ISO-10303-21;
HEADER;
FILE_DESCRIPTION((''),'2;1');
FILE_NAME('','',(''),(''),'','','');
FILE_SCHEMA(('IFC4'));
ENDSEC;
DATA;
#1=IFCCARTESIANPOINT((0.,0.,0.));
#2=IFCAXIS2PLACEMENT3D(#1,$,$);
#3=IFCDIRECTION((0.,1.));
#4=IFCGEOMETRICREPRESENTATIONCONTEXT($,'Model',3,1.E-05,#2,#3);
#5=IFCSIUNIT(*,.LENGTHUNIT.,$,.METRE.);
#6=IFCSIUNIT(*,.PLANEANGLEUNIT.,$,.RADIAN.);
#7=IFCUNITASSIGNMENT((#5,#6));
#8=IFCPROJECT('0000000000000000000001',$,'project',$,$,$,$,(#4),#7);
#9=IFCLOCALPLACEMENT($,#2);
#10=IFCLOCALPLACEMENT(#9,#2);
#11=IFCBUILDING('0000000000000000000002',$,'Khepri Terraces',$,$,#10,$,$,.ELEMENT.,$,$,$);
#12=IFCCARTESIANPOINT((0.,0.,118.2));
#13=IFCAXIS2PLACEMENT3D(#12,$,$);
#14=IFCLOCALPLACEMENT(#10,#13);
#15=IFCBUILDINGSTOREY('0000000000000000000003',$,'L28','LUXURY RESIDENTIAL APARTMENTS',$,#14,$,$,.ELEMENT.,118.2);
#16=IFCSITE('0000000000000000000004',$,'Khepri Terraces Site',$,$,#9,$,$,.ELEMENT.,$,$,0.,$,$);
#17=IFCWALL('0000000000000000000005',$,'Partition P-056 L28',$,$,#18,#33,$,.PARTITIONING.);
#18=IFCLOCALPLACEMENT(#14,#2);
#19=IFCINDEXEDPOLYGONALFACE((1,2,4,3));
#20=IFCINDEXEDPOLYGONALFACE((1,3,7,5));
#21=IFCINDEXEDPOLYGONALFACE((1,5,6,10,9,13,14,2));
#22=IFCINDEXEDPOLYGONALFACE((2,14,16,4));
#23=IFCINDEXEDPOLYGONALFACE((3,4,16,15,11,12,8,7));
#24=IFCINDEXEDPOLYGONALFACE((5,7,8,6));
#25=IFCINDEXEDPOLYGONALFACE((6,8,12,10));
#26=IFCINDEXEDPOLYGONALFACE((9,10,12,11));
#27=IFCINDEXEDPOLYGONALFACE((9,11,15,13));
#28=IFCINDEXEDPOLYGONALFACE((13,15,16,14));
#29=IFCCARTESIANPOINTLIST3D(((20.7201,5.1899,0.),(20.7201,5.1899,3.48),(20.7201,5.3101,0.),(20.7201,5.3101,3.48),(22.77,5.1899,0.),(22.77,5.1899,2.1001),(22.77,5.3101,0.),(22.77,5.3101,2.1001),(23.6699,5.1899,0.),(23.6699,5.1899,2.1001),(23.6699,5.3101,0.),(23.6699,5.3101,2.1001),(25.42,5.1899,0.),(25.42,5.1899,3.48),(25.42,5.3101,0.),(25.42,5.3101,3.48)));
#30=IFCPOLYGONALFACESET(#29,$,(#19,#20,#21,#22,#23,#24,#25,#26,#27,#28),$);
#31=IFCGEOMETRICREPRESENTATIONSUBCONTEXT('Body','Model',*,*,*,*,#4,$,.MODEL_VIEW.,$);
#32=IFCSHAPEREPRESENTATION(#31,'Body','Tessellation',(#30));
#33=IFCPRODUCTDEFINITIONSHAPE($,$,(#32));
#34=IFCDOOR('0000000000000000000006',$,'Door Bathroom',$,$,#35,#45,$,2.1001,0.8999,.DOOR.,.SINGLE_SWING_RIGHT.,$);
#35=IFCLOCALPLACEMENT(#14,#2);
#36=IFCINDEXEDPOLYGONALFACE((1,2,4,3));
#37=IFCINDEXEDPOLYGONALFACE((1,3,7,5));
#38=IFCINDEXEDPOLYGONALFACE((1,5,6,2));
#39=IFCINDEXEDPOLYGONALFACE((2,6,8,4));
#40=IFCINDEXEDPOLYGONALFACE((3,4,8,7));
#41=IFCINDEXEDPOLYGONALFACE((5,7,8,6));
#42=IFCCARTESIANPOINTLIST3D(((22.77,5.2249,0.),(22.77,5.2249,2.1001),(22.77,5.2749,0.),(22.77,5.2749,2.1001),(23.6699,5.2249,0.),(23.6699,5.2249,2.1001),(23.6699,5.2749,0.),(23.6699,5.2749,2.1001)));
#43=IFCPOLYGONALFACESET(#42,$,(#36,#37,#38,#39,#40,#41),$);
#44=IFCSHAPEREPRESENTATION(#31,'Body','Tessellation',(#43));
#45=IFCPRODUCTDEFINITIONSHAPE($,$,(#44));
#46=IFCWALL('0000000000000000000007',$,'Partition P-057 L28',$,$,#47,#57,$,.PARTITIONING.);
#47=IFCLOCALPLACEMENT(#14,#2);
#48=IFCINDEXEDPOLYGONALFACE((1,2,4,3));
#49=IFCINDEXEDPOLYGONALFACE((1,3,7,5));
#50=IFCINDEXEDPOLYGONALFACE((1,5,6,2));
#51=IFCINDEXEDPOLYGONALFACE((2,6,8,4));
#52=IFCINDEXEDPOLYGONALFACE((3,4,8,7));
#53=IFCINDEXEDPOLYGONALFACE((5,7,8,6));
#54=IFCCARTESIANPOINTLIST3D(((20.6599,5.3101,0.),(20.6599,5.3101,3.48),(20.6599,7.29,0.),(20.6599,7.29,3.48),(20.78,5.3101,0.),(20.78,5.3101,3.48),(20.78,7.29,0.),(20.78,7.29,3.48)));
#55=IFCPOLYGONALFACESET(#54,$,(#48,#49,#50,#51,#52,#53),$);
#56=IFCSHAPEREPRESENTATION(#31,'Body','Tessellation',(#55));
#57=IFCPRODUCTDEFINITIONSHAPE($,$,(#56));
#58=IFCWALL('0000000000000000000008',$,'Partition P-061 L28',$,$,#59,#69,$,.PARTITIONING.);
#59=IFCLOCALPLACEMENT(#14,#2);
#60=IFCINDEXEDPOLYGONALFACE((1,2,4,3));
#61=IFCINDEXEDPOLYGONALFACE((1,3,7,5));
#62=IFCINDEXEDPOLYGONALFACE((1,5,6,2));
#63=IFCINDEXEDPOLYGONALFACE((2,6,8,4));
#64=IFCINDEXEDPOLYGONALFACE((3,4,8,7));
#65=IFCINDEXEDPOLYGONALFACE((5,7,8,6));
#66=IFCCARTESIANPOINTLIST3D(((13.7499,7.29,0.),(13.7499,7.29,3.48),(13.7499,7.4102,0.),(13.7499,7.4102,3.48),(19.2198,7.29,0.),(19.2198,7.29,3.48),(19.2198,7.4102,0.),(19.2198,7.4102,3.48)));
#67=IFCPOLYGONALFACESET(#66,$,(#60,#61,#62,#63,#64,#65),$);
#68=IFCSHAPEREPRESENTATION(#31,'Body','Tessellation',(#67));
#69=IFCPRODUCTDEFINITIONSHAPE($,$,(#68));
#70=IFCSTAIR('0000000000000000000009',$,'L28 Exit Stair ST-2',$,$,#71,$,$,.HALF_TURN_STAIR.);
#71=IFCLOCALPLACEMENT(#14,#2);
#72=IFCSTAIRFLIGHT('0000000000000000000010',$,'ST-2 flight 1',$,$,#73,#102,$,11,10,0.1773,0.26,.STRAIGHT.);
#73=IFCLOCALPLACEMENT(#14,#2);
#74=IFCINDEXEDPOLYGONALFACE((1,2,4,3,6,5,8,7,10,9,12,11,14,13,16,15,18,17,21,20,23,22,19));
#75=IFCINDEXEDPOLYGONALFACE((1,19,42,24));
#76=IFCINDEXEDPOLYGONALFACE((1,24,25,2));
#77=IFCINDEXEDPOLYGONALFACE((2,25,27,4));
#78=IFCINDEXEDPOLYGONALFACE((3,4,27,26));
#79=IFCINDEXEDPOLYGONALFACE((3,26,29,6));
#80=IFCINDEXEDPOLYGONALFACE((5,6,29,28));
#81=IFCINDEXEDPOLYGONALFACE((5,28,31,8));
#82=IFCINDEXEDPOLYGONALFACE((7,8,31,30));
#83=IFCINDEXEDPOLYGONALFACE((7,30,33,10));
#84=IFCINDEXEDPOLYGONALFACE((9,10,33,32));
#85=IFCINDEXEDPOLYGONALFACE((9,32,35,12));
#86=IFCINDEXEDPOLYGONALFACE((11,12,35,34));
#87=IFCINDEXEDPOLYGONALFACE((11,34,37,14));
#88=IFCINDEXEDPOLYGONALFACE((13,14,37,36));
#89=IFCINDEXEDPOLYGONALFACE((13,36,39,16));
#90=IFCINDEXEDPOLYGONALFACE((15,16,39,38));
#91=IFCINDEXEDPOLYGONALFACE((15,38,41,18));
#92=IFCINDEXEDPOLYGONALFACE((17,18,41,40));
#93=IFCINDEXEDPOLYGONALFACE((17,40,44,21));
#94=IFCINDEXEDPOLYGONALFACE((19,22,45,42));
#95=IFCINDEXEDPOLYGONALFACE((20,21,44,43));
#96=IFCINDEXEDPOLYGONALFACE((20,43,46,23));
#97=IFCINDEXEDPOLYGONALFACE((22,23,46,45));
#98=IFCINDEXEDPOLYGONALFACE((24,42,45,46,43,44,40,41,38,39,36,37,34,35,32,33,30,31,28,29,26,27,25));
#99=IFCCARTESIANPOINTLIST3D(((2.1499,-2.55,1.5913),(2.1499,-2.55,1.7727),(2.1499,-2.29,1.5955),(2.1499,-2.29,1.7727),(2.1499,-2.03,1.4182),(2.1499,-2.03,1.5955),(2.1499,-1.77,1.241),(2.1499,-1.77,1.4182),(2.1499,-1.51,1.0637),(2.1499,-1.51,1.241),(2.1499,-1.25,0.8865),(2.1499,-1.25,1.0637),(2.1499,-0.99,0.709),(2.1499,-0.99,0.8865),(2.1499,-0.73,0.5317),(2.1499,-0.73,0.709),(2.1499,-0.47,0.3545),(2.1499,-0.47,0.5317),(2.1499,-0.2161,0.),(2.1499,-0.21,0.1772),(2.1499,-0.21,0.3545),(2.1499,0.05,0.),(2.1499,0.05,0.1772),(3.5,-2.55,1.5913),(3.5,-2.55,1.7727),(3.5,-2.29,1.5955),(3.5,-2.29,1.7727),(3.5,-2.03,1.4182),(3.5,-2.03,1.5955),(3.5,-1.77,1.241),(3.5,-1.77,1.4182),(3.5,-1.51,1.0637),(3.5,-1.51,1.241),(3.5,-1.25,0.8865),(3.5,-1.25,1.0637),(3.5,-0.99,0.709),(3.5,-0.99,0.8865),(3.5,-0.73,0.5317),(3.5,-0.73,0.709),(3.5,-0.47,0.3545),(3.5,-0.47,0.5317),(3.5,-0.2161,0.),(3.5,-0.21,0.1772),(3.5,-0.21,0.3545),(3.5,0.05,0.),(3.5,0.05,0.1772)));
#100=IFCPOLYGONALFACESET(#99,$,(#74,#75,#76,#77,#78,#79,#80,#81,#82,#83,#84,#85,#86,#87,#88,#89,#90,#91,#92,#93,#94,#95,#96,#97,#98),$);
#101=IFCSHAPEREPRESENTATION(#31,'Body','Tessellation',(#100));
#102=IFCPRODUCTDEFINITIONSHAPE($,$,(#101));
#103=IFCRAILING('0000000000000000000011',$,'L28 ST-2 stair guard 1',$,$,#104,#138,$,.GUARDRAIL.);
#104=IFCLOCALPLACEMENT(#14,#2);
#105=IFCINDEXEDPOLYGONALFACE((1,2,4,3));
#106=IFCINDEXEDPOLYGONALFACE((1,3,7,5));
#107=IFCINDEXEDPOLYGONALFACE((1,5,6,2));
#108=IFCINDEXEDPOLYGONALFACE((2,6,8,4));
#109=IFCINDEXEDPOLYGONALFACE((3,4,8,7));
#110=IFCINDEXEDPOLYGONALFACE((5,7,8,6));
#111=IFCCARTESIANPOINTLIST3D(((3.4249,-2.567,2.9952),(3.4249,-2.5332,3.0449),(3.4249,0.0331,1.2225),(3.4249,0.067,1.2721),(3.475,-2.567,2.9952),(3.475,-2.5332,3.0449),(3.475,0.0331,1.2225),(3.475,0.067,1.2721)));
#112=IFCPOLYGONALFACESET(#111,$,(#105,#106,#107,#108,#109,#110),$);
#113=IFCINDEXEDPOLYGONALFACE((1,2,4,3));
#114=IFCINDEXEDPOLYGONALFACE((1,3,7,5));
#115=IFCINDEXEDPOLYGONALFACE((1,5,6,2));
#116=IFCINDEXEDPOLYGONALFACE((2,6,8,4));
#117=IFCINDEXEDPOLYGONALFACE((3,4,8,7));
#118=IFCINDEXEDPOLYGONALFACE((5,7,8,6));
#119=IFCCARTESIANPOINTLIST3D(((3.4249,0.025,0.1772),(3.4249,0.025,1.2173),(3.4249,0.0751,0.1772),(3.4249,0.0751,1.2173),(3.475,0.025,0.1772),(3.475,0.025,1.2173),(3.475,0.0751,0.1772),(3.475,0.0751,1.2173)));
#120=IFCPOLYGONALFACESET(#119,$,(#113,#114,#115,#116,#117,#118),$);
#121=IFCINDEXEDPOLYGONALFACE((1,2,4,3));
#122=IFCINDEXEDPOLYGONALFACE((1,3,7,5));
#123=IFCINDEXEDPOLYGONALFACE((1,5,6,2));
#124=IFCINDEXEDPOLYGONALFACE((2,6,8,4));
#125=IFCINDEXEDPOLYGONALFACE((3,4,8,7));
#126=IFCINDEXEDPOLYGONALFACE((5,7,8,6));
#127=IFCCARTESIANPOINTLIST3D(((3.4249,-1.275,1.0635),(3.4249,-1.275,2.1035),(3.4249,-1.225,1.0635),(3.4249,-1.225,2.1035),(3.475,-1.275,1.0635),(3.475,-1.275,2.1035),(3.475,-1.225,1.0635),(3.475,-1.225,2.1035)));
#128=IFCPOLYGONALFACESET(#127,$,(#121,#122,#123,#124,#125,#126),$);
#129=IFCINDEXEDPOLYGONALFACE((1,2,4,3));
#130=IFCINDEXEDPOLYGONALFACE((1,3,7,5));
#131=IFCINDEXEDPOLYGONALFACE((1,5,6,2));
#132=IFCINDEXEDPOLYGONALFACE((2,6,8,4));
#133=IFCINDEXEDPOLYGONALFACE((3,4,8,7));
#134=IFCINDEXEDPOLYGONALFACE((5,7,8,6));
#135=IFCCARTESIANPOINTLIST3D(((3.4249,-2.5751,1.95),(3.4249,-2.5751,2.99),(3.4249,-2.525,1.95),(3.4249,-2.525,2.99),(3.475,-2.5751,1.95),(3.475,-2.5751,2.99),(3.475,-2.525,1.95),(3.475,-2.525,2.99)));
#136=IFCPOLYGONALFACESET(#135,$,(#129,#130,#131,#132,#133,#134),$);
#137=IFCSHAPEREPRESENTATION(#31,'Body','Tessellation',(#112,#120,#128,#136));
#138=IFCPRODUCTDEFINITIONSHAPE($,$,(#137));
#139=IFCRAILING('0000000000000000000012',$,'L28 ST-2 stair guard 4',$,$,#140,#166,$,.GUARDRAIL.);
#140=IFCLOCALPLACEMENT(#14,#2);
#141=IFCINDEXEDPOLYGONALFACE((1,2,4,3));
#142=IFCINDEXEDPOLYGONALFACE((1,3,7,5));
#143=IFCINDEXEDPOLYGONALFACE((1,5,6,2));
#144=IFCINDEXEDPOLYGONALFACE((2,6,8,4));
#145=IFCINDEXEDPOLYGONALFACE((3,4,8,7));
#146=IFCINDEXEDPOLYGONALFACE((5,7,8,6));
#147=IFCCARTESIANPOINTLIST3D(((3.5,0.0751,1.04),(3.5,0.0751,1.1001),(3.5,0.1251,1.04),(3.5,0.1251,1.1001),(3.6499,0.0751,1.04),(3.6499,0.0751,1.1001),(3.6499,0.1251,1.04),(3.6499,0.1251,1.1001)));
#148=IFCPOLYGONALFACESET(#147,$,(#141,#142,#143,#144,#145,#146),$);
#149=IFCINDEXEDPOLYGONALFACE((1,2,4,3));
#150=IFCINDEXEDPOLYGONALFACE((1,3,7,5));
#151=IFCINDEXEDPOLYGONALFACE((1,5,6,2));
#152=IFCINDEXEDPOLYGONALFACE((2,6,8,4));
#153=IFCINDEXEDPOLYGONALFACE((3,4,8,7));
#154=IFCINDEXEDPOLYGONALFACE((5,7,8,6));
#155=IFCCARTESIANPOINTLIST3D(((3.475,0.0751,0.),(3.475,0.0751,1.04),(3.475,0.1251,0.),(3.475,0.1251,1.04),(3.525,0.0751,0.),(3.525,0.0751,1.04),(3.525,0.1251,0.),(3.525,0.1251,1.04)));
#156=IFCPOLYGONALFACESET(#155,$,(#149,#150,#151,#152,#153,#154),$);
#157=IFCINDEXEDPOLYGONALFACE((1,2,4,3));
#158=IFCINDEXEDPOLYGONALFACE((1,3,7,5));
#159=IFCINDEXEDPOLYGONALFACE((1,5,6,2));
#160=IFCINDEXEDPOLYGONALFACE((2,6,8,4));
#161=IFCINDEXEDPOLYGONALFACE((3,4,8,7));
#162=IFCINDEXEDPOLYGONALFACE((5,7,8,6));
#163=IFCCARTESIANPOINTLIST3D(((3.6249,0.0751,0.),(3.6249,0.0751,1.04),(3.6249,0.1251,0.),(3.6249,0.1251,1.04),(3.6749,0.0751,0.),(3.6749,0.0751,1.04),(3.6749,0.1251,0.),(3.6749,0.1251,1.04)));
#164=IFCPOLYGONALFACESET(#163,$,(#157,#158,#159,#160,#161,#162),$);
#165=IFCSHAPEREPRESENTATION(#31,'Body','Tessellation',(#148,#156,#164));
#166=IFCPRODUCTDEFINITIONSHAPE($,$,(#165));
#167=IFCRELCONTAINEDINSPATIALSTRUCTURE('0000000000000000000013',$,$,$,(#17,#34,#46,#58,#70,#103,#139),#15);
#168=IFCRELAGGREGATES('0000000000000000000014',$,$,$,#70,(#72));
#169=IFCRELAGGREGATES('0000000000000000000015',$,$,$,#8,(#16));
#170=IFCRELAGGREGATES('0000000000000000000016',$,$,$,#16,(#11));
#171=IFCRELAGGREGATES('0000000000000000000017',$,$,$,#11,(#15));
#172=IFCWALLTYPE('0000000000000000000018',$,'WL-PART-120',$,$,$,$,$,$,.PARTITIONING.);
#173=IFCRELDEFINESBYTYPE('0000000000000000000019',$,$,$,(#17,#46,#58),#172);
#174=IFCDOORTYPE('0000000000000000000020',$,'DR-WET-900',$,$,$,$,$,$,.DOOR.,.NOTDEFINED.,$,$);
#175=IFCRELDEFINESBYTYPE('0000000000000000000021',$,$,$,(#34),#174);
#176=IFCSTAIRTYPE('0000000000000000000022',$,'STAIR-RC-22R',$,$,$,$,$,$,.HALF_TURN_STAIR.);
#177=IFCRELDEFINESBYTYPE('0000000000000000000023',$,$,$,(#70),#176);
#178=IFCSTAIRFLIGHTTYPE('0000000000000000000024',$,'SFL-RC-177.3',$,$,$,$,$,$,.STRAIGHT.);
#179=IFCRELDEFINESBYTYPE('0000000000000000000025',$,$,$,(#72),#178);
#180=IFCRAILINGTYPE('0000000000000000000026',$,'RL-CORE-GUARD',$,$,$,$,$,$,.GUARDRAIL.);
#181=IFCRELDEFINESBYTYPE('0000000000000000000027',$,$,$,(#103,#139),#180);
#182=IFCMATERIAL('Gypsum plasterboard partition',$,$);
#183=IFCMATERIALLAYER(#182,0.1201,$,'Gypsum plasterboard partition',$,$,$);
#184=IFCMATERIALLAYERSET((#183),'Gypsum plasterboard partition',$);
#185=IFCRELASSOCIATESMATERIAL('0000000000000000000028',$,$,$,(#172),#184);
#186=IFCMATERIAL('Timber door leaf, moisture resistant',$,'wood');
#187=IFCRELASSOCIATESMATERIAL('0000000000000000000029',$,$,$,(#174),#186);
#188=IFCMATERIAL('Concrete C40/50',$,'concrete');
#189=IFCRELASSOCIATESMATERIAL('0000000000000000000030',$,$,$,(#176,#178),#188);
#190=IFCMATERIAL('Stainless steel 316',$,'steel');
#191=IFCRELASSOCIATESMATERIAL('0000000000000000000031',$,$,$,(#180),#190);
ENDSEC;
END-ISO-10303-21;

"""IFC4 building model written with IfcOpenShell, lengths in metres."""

from ifc_helpers import new_model, si_unit, direction, frame, frame_2d, origin, origin_2d, place, context, subcontext, project, spatial, polyline, rectangle, outline, extrude, material, layer, layer_set, type_object, element, fill, aggregate, save


model = new_model("IFC4")

# Units and contexts
model_context = context("Model", 3, precision=1e-05, world=origin(), true_north=direction((0.0, 1.0)))
body_context = subcontext(model_context, "Body", "Model", "MODEL_VIEW")
ifc_project = project(units=[si_unit("LENGTHUNIT", "METRE"), si_unit("PLANEANGLEUNIT", "RADIAN")], contexts=[model_context])

# Site, building, storey
site_placement = place(None, origin())
site = spatial("IfcSite", under=ifc_project, at=site_placement, Name="Khepri Terraces Site", CompositionType="ELEMENT", RefElevation=0.0)
building_placement = place(site_placement, origin())
building = spatial("IfcBuilding", under=site, at=building_placement, Name="Khepri Terraces", CompositionType="ELEMENT")
storey_placement = place(building_placement, frame((0.0, 0.0, 118.2)))
storey = spatial("IfcBuildingStorey", under=building, at=storey_placement, Name="L28", Description="LUXURY RESIDENTIAL APARTMENTS", CompositionType="ELEMENT", Elevation=118.2)

# Shared definitions
ifc_material_1 = material(Name="Gypsum plasterboard partition")
ifc_layer_1 = layer(ifc_material_1, 0.1201, Name="Gypsum plasterboard partition")
ifc_layer_set_1 = layer_set([ifc_layer_1], Name="Gypsum plasterboard partition")
wall_type_1 = type_object("IfcWallType", Name="WL-PART-120", PredefinedType="PARTITIONING", material=ifc_layer_set_1)

# Wall, opening, door
ifc_material_2 = material(Name="Timber door leaf, moisture resistant", Category="wood")
door_type_1 = type_object("IfcDoorType", Name="DR-WET-900", OperationType="NOTDEFINED", PredefinedType="DOOR", material=ifc_material_2)
wall_1_placement = place(storey_placement, frame((20.72, 5.25, 0.0), z_axis=(0.0, 0.0, 1.0), x_axis=(1.0, 0.0, 0.0)))
wall_1 = element("IfcWall", 1, at=wall_1_placement, inside=storey, type_object=wall_type_1, Name="Partition P-056 L28", PredefinedType="PARTITIONING", context=body_context, shape_type="SweptSolid", body=[
    extrude(rectangle(XDim=4.7, YDim=0.1201, at=frame_2d((2.3501, 0.0))), origin(), (0.0, 0.0, 1.0), 3.48),
])
opening_1_placement = place(wall_1_placement, frame((2.05, 0.0, 0.0)))
opening_1 = element("IfcOpeningElement", 2, at=opening_1_placement, cuts=wall_1, PredefinedType="OPENING", context=body_context, shape_type="SweptSolid", body=[
    extrude(rectangle(XDim=0.8999, YDim=2.1001, at=frame_2d((0.45, 1.05))), frame((0.0, 0.0701, 0.0), z_axis=(0.0, -1.0, 0.0), x_axis=(1.0, 0.0, 0.0)), (0.0, 0.0, 1.0), 0.1401),
])
door_1_placement = place(opening_1_placement, origin())
door_1 = element("IfcDoor", 3, at=door_1_placement, inside=storey, type_object=door_type_1, Name="Door Bathroom", OperationType="SINGLE_SWING_RIGHT", OverallHeight=2.1001, OverallWidth=0.8999, PredefinedType="DOOR", context=body_context, shape_type="SweptSolid", body=[
    extrude(rectangle(XDim=0.8999, YDim=2.1001, at=frame_2d((0.45, 1.05))), frame((0.0, 0.0249, 0.0), z_axis=(0.0, -1.0, 0.0), x_axis=(1.0, 0.0, 0.0)), (0.0, 0.0, 1.0), 0.05),
])
fill(opening_1, door_1)

# Walls
wall_2_placement = place(storey_placement, frame((20.72, 5.3101, 0.0), z_axis=(0.0, 0.0, 1.0), x_axis=(0.0, 1.0, 0.0)))
element("IfcWall", 4, at=wall_2_placement, inside=storey, type_object=wall_type_1, Name="Partition P-057 L28", PredefinedType="PARTITIONING", context=body_context, shape_type="SweptSolid", body=[
    extrude(rectangle(XDim=1.98, YDim=0.1201, at=frame_2d((0.99, 0.0))), origin(), (0.0, 0.0, 1.0), 3.48),
])
wall_3_placement = place(storey_placement, frame((13.75, 7.3501, 0.0), z_axis=(0.0, 0.0, 1.0), x_axis=(1.0, 0.0, 0.0)))
element("IfcWall", 5, at=wall_3_placement, inside=storey, type_object=wall_type_1, Name="Partition P-061 L28", PredefinedType="PARTITIONING", context=body_context, shape_type="SweptSolid", body=[
    extrude(rectangle(XDim=5.47, YDim=0.1201, at=frame_2d((2.7349, 0.0))), origin(), (0.0, 0.0, 1.0), 3.48),
])

# Stair, stair flight
ifc_material_3 = material(Name="Concrete C40/50", Category="concrete")
stair_type = type_object("IfcStairType", Name="STAIR-RC-22R", PredefinedType="HALF_TURN_STAIR", material=ifc_material_3)
stair_placement = place(storey_placement, origin())
stair = element("IfcStair", 6, at=stair_placement, inside=storey, type_object=stair_type, Name="L28 Exit Stair ST-2", PredefinedType="HALF_TURN_STAIR")
stair_flight_type = type_object("IfcStairFlightType", Name="SFL-RC-177.3", PredefinedType="STRAIGHT", material=ifc_material_3)
stair_flight_placement = place(storey_placement, frame((2.825, 0.05, 0.0), z_axis=(0.0, 0.0, 1.0), x_axis=(0.0, -1.0, 0.0)))
stair_flight = element("IfcStairFlight", 7, at=stair_flight_placement, type_object=stair_flight_type, Name="ST-2 flight 1", NumberOfRisers=11, NumberOfTreads=10, PredefinedType="STRAIGHT", RiserHeight=0.1773, TreadLength=0.26, context=body_context, shape_type="SweptSolid", body=[
    extrude(outline(polyline([(0.0, 0.0), (0.0, 0.1772), (0.26, 0.1772), (0.26, 0.3545), (0.52, 0.3545), (0.52, 0.5317), (0.78, 0.5317), (0.78, 0.709), (1.04, 0.709), (1.04, 0.8865), (1.3, 0.8865), (1.3, 1.0637), (1.5601, 1.0637), (1.5601, 1.241), (1.8201, 1.241), (1.8201, 1.4182), (2.0801, 1.4182), (2.0801, 1.5955), (2.3401, 1.5955), (2.3401, 1.7727), (2.6001, 1.7727), (2.6001, 1.95), (2.6001, 1.5913), (0.2661, 0.0), (0.0, 0.0)])), frame((0.0, 0.675, 0.0), z_axis=(0.0, -1.0, 0.0), x_axis=(1.0, 0.0, 0.0)), (0.0, 0.0, 1.0), 1.3501),
])
aggregate(stair, [stair_flight])

# Railings
ifc_material_4 = material(Name="Stainless steel 316", Category="steel")
railing_type = type_object("IfcRailingType", Name="RL-CORE-GUARD", PredefinedType="GUARDRAIL", material=ifc_material_4)
railing_1_placement = place(storey_placement, frame((3.45, 0.05, 0.1772)))
element("IfcRailing", 8, at=railing_1_placement, inside=storey, type_object=railing_type, Name="L28 ST-2 stair guard 1", PredefinedType="GUARDRAIL", context=body_context, shape_type="SweptSolid", body=[
    extrude(rectangle(XDim=0.05, YDim=0.0601, at=origin_2d()), frame((0.0, 0.0, 1.0701), z_axis=(0.0, -0.82624, 0.563318), x_axis=(1.0, 0.0, 0.0)), (0.0, 0.0, 1.0), 3.147),
    extrude(rectangle(XDim=0.05, YDim=0.05, at=origin_2d()), origin(), (0.0, 0.0, 1.0), 1.04),
    extrude(rectangle(XDim=0.05, YDim=0.05, at=origin_2d()), frame((0.0, -1.3, 0.8862)), (0.0, 0.0, 1.0), 1.04),
    extrude(rectangle(XDim=0.05, YDim=0.05, at=origin_2d()), frame((0.0, -2.6001, 1.7727)), (0.0, 0.0, 1.0), 1.04),
])
railing_2_placement = place(storey_placement, frame((3.5, 0.1001, 0.0)))
element("IfcRailing", 9, at=railing_2_placement, inside=storey, type_object=railing_type, Name="L28 ST-2 stair guard 4", PredefinedType="GUARDRAIL", context=body_context, shape_type="SweptSolid", body=[
    extrude(rectangle(XDim=0.05, YDim=0.0601, at=origin_2d()), frame((0.0, 0.0, 1.0701), z_axis=(1.0, 0.0, 0.0), x_axis=(0.0, 1.0, 0.0)), (0.0, 0.0, 1.0), 0.1499),
    extrude(rectangle(XDim=0.05, YDim=0.05, at=origin_2d()), origin(), (0.0, 0.0, 1.0), 1.04),
    extrude(rectangle(XDim=0.05, YDim=0.05, at=origin_2d()), frame((0.1499, 0.0, 0.0)), (0.0, 0.0, 1.0), 1.04),
])

save(model, "model.ifc")
